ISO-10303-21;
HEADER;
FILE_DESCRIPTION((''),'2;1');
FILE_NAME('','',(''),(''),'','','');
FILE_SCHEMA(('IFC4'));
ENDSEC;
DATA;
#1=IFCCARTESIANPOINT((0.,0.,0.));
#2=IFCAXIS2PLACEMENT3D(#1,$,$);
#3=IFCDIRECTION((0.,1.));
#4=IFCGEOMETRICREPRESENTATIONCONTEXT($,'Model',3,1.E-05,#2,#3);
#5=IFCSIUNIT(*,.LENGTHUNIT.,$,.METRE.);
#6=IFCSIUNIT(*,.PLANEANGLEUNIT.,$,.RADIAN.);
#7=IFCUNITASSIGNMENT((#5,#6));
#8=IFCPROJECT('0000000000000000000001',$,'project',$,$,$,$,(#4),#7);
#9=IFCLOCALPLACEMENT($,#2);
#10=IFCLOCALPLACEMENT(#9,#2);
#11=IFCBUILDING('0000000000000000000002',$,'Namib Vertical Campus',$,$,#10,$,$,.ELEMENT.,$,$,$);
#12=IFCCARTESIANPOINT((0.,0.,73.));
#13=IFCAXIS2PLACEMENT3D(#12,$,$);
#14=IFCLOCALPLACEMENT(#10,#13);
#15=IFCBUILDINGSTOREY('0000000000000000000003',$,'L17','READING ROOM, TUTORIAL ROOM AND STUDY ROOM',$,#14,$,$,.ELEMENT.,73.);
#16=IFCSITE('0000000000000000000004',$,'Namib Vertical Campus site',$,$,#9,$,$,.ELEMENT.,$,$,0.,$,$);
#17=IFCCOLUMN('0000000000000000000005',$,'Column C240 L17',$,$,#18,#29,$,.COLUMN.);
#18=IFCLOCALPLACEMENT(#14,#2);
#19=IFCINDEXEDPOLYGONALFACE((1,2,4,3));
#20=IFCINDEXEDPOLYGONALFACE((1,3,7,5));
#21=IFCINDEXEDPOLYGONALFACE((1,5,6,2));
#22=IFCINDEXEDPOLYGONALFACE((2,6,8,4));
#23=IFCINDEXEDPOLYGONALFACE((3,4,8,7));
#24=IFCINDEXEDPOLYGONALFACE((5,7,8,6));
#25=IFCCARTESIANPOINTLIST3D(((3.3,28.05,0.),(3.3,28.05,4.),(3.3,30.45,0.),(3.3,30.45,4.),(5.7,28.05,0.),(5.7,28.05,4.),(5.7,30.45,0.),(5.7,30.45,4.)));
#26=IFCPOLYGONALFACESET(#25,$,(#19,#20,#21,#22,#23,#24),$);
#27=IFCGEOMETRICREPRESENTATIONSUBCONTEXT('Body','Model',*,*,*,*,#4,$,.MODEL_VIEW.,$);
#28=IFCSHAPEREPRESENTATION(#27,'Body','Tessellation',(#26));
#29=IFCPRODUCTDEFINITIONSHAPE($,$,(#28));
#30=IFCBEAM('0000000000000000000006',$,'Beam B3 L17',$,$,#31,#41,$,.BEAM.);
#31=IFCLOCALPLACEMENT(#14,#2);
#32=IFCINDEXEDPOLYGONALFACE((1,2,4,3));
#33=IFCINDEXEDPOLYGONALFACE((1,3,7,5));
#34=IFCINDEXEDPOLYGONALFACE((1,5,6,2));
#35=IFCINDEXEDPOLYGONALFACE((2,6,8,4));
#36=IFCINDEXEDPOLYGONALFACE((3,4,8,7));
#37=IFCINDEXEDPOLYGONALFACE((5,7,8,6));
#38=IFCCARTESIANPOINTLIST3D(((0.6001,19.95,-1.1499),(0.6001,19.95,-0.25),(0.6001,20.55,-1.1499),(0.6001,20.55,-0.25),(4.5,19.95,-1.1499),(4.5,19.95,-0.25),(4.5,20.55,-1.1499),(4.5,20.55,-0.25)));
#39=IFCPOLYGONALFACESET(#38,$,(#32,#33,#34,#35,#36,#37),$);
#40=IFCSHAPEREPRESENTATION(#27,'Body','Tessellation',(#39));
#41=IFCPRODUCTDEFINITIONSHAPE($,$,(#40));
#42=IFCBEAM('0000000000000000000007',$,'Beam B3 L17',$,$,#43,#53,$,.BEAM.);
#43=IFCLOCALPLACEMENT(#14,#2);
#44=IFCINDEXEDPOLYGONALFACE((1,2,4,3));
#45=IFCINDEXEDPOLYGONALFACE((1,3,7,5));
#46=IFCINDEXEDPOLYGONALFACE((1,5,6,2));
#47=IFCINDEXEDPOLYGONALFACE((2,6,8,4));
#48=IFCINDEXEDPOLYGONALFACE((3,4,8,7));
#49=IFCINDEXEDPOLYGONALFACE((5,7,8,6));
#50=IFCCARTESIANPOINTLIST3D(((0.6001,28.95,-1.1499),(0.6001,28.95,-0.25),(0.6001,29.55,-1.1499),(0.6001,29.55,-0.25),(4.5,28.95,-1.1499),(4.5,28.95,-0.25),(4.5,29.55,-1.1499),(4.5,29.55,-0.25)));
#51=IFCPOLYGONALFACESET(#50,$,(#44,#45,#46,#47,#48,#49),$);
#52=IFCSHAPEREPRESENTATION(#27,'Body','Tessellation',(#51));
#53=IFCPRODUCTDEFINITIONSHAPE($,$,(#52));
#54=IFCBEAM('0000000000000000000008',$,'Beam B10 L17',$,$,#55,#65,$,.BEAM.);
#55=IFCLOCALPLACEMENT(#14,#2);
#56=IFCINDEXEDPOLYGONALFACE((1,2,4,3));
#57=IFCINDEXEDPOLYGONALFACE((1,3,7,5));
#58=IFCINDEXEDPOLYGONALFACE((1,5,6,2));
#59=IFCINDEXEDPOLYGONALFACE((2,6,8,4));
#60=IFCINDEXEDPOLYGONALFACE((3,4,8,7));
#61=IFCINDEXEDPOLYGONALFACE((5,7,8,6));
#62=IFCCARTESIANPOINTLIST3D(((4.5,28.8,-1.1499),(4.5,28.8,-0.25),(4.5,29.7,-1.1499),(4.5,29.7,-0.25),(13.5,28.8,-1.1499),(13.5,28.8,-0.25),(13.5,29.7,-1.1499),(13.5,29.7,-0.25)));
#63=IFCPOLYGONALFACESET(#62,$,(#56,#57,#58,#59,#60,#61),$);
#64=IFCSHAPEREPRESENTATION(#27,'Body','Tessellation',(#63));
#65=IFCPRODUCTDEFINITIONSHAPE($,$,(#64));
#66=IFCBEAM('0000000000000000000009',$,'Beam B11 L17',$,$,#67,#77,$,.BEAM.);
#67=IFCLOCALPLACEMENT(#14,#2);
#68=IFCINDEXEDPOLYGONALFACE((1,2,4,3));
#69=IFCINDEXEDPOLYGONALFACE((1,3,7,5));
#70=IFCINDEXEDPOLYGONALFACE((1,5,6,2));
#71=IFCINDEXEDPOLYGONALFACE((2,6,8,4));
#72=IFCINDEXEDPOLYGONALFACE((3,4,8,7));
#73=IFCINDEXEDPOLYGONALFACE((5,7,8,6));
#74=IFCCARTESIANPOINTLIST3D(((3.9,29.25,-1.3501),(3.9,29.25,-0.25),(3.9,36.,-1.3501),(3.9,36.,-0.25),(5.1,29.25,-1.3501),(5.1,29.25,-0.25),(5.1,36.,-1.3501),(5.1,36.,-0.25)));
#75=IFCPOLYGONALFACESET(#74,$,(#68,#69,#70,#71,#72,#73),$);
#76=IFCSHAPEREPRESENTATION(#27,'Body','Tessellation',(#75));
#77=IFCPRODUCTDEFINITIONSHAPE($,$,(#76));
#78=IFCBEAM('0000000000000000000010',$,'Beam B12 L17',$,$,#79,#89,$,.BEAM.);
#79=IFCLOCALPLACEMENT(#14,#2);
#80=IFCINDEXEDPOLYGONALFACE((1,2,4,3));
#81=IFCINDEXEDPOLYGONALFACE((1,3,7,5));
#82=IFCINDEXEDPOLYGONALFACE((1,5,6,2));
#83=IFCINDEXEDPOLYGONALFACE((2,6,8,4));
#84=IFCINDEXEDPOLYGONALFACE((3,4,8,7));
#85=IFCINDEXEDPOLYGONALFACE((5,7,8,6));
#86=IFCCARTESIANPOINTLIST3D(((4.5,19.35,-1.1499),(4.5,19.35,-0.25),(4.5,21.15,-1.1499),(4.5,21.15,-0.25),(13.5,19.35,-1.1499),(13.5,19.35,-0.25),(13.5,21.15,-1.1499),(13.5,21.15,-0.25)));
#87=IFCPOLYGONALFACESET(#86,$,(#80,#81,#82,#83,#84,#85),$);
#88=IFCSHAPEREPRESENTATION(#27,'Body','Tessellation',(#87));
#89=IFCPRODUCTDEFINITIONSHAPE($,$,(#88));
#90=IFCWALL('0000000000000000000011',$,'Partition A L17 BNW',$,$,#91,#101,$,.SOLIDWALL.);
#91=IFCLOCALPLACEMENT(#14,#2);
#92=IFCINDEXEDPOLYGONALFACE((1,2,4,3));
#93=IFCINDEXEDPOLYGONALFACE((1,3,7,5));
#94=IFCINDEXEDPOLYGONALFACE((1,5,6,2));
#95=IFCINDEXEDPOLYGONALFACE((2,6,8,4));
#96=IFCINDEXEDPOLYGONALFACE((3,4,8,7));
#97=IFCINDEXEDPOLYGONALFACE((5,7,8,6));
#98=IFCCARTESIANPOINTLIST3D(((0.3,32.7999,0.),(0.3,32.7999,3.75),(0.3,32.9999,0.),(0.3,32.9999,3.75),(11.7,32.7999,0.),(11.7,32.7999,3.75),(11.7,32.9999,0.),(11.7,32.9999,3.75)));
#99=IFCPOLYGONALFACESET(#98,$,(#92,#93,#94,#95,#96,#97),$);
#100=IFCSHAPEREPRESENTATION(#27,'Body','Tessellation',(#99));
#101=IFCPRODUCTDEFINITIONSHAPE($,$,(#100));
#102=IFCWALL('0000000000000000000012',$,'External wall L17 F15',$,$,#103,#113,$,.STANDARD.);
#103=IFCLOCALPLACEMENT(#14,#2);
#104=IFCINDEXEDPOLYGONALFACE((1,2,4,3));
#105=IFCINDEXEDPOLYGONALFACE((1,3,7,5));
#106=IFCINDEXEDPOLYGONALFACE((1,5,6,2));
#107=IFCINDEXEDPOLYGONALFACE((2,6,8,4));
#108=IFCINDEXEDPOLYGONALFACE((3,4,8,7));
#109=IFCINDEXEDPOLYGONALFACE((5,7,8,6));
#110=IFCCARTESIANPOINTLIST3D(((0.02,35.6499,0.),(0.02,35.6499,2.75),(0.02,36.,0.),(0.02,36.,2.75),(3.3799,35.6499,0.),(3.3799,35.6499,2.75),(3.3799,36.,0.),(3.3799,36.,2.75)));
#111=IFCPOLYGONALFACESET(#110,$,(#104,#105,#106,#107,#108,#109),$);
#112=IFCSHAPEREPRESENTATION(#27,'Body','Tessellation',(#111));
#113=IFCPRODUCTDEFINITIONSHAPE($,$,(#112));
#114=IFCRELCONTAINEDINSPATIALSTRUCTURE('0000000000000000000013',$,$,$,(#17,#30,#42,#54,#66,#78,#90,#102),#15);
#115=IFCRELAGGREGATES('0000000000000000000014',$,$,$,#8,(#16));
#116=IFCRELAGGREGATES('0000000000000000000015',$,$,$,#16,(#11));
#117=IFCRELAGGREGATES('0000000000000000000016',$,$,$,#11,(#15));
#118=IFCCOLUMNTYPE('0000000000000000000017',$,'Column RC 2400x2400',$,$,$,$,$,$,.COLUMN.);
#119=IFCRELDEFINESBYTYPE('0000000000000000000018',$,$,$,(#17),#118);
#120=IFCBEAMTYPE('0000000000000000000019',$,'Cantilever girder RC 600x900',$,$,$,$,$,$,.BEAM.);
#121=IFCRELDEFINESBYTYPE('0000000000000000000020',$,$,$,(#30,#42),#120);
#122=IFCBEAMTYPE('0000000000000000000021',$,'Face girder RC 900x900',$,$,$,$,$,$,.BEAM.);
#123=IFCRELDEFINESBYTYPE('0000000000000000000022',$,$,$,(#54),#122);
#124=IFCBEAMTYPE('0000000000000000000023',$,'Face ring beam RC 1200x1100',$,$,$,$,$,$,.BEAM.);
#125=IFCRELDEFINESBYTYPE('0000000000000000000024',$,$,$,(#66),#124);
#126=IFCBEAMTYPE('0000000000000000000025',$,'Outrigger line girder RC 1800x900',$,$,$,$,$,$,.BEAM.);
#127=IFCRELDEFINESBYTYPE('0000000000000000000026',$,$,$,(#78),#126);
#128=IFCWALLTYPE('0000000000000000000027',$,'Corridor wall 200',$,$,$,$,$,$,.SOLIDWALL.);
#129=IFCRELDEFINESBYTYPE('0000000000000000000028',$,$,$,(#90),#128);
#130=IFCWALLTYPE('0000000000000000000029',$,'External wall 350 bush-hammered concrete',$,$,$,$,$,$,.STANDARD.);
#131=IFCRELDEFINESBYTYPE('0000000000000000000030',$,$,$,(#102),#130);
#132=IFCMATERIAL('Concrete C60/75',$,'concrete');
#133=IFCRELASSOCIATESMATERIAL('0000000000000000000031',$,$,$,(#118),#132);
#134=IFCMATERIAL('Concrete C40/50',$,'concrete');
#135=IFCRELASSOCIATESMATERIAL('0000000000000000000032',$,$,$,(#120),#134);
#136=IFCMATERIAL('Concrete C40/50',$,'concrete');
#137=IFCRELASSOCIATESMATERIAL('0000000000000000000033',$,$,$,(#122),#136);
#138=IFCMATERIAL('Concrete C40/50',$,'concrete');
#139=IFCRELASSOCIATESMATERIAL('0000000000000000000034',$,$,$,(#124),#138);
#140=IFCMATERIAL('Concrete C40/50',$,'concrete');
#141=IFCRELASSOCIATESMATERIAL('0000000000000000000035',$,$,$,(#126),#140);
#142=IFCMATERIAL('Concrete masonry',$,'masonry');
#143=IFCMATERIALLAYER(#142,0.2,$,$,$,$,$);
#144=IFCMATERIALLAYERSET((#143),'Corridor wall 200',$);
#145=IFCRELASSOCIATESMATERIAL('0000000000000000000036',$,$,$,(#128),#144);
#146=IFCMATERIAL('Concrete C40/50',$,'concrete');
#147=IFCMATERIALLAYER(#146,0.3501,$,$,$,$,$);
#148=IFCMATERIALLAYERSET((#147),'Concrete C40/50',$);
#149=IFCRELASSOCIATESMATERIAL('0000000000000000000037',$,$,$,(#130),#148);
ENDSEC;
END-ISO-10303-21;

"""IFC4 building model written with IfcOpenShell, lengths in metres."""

from ifc_helpers import new_model, si_unit, direction, frame, frame_2d, origin, origin_2d, place, context, subcontext, project, spatial, rectangle, extrude, material, layer, layer_set, material_profile, profile_set, type_object, element, save


model = new_model("IFC4")

# Units and contexts
model_context = context("Model", 3, precision=1e-05, world=origin(), true_north=direction((0.0, 1.0)))
body_context = subcontext(model_context, "Body", "Model", "MODEL_VIEW")
ifc_project = project(units=[si_unit("LENGTHUNIT", "METRE"), si_unit("PLANEANGLEUNIT", "RADIAN")], contexts=[model_context])

# Site, building, storey
site_placement = place(None, origin())
site = spatial("IfcSite", under=ifc_project, at=site_placement, Name="Namib Vertical Campus site", CompositionType="ELEMENT", RefElevation=0.0)
building_placement = place(site_placement, origin())
building = spatial("IfcBuilding", under=site, at=building_placement, Name="Namib Vertical Campus", CompositionType="ELEMENT")
storey_placement = place(building_placement, frame((0.0, 0.0, 73.0)))
storey = spatial("IfcBuildingStorey", under=building, at=storey_placement, Name="L17", Description="READING ROOM, TUTORIAL ROOM AND STUDY ROOM", CompositionType="ELEMENT", Elevation=73.0)

# Column
ifc_material_1 = material(Name="Concrete C60/75", Category="concrete")
ifc_material_profile_1 = material_profile(ifc_material_1, rectangle(XDim=2.3999, YDim=2.3999, at=origin_2d()))
ifc_profile_set_1 = profile_set([ifc_material_profile_1], Name="Concrete C60/75")
column_type = type_object("IfcColumnType", Name="Column RC 2400x2400", PredefinedType="COLUMN", material=ifc_profile_set_1)
column_placement = place(storey_placement, frame((4.5, 29.25, 0.0), z_axis=(0.0, 0.0, 1.0), x_axis=(1.0, 0.0, 0.0)))
element("IfcColumn", 1, at=column_placement, inside=storey, type_object=column_type, Name="Column C240 L17", PredefinedType="COLUMN", context=body_context, shape_type="SweptSolid", body=[
    extrude(rectangle(XDim=2.3999, YDim=2.3999, at=origin_2d()), origin(), (0.0, 0.0, 1.0), 4.0),
])

# Beams
ifc_material_2 = material(Name="Concrete C40/50", Category="concrete")
ifc_material_profile_2 = material_profile(ifc_material_2, rectangle(XDim=0.6001, YDim=0.8999, at=origin_2d()))
ifc_profile_set_2 = profile_set([ifc_material_profile_2], Name="Concrete C40/50")
beam_type_1 = type_object("IfcBeamType", Name="Cantilever girder RC 600x900", PredefinedType="BEAM", material=ifc_profile_set_2)
for number, where, z_axis, x_axis, name in (
    (2, (4.5, 20.25, -0.7), (-1.0, 0.0, 0.0), (0.0, -1.0, 0.0), "Beam B3 L17"),
    (3, (4.5, 29.25, -0.7), (-1.0, 0.0, 0.0), (0.0, -1.0, 0.0), "Beam B3 L17"),
):
    element("IfcBeam", number, at=place(storey_placement, frame(where, z_axis=z_axis, x_axis=x_axis)), inside=storey, type_object=beam_type_1, Name=name, PredefinedType="BEAM", context=body_context, shape_type="SweptSolid", body=[
        extrude(rectangle(XDim=0.6001, YDim=0.8999, at=origin_2d()), origin(), (0.0, 0.0, 1.0), 3.8999),
    ])
ifc_material_3 = material(Name="Concrete C40/50", Category="concrete")
ifc_material_profile_3 = material_profile(ifc_material_3, rectangle(XDim=0.8999, YDim=0.8999, at=origin_2d()))
ifc_profile_set_3 = profile_set([ifc_material_profile_3], Name="Concrete C40/50")
beam_type_2 = type_object("IfcBeamType", Name="Face girder RC 900x900", PredefinedType="BEAM", material=ifc_profile_set_3)
beam_1_placement = place(storey_placement, frame((4.5, 29.25, -0.7), z_axis=(1.0, 0.0, 0.0), x_axis=(0.0, 1.0, 0.0)))
element("IfcBeam", 4, at=beam_1_placement, inside=storey, type_object=beam_type_2, Name="Beam B10 L17", PredefinedType="BEAM", context=body_context, shape_type="SweptSolid", body=[
    extrude(rectangle(XDim=0.8999, YDim=0.8999, at=origin_2d()), origin(), (0.0, 0.0, 1.0), 9.0),
])
ifc_material_4 = material(Name="Concrete C40/50", Category="concrete")
ifc_material_profile_4 = material_profile(ifc_material_4, rectangle(XDim=1.2, YDim=1.1001, at=origin_2d()))
ifc_profile_set_4 = profile_set([ifc_material_profile_4], Name="Concrete C40/50")
beam_type_3 = type_object("IfcBeamType", Name="Face ring beam RC 1200x1100", PredefinedType="BEAM", material=ifc_profile_set_4)
beam_2_placement = place(storey_placement, frame((4.5, 29.25, -0.8), z_axis=(0.0, 1.0, 0.0), x_axis=(-1.0, 0.0, 0.0)))
element("IfcBeam", 5, at=beam_2_placement, inside=storey, type_object=beam_type_3, Name="Beam B11 L17", PredefinedType="BEAM", context=body_context, shape_type="SweptSolid", body=[
    extrude(rectangle(XDim=1.2, YDim=1.1001, at=origin_2d()), origin(), (0.0, 0.0, 1.0), 6.75),
])
ifc_material_5 = material(Name="Concrete C40/50", Category="concrete")
ifc_material_profile_5 = material_profile(ifc_material_5, rectangle(XDim=1.8, YDim=0.8999, at=origin_2d()))
ifc_profile_set_5 = profile_set([ifc_material_profile_5], Name="Concrete C40/50")
beam_type_4 = type_object("IfcBeamType", Name="Outrigger line girder RC 1800x900", PredefinedType="BEAM", material=ifc_profile_set_5)
beam_3_placement = place(storey_placement, frame((4.5, 20.25, -0.7), z_axis=(1.0, 0.0, 0.0), x_axis=(0.0, 1.0, 0.0)))
element("IfcBeam", 6, at=beam_3_placement, inside=storey, type_object=beam_type_4, Name="Beam B12 L17", PredefinedType="BEAM", context=body_context, shape_type="SweptSolid", body=[
    extrude(rectangle(XDim=1.8, YDim=0.8999, at=origin_2d()), origin(), (0.0, 0.0, 1.0), 9.0),
])

# Walls
ifc_material_6 = material(Name="Concrete masonry", Category="masonry")
ifc_layer_1 = layer(ifc_material_6, 0.2)
ifc_layer_set_1 = layer_set([ifc_layer_1], Name="Corridor wall 200")
wall_type_1 = type_object("IfcWallType", Name="Corridor wall 200", PredefinedType="SOLIDWALL", material=ifc_layer_set_1)
wall_1_placement = place(storey_placement, frame((0.3, 32.8999, 0.0), z_axis=(0.0, 0.0, 1.0), x_axis=(1.0, 0.0, 0.0)))
element("IfcWall", 7, at=wall_1_placement, inside=storey, type_object=wall_type_1, Name="Partition A L17 BNW", PredefinedType="SOLIDWALL", context=body_context, shape_type="SweptSolid", body=[
    extrude(rectangle(XDim=11.3999, YDim=0.2, at=frame_2d((5.7, 0.0))), origin(), (0.0, 0.0, 1.0), 3.75),
])
ifc_material_7 = material(Name="Concrete C40/50", Category="concrete")
ifc_layer_2 = layer(ifc_material_7, 0.3501)
ifc_layer_set_2 = layer_set([ifc_layer_2], Name="Concrete C40/50")
wall_type_2 = type_object("IfcWallType", Name="External wall 350 bush-hammered concrete", PredefinedType="STANDARD", material=ifc_layer_set_2)
wall_2_placement = place(storey_placement, frame((3.3799, 35.825, 0.0), z_axis=(0.0, 0.0, 1.0), x_axis=(-1.0, 0.0, 0.0)))
element("IfcWall", 8, at=wall_2_placement, inside=storey, type_object=wall_type_2, Name="External wall L17 F15", PredefinedType="STANDARD", context=body_context, shape_type="SweptSolid", body=[
    extrude(rectangle(XDim=3.3599, YDim=0.3501, at=frame_2d((1.6799, 0.0))), origin(), (0.0, 0.0, 1.0), 2.75),
])

save(model, "model.ifc")
